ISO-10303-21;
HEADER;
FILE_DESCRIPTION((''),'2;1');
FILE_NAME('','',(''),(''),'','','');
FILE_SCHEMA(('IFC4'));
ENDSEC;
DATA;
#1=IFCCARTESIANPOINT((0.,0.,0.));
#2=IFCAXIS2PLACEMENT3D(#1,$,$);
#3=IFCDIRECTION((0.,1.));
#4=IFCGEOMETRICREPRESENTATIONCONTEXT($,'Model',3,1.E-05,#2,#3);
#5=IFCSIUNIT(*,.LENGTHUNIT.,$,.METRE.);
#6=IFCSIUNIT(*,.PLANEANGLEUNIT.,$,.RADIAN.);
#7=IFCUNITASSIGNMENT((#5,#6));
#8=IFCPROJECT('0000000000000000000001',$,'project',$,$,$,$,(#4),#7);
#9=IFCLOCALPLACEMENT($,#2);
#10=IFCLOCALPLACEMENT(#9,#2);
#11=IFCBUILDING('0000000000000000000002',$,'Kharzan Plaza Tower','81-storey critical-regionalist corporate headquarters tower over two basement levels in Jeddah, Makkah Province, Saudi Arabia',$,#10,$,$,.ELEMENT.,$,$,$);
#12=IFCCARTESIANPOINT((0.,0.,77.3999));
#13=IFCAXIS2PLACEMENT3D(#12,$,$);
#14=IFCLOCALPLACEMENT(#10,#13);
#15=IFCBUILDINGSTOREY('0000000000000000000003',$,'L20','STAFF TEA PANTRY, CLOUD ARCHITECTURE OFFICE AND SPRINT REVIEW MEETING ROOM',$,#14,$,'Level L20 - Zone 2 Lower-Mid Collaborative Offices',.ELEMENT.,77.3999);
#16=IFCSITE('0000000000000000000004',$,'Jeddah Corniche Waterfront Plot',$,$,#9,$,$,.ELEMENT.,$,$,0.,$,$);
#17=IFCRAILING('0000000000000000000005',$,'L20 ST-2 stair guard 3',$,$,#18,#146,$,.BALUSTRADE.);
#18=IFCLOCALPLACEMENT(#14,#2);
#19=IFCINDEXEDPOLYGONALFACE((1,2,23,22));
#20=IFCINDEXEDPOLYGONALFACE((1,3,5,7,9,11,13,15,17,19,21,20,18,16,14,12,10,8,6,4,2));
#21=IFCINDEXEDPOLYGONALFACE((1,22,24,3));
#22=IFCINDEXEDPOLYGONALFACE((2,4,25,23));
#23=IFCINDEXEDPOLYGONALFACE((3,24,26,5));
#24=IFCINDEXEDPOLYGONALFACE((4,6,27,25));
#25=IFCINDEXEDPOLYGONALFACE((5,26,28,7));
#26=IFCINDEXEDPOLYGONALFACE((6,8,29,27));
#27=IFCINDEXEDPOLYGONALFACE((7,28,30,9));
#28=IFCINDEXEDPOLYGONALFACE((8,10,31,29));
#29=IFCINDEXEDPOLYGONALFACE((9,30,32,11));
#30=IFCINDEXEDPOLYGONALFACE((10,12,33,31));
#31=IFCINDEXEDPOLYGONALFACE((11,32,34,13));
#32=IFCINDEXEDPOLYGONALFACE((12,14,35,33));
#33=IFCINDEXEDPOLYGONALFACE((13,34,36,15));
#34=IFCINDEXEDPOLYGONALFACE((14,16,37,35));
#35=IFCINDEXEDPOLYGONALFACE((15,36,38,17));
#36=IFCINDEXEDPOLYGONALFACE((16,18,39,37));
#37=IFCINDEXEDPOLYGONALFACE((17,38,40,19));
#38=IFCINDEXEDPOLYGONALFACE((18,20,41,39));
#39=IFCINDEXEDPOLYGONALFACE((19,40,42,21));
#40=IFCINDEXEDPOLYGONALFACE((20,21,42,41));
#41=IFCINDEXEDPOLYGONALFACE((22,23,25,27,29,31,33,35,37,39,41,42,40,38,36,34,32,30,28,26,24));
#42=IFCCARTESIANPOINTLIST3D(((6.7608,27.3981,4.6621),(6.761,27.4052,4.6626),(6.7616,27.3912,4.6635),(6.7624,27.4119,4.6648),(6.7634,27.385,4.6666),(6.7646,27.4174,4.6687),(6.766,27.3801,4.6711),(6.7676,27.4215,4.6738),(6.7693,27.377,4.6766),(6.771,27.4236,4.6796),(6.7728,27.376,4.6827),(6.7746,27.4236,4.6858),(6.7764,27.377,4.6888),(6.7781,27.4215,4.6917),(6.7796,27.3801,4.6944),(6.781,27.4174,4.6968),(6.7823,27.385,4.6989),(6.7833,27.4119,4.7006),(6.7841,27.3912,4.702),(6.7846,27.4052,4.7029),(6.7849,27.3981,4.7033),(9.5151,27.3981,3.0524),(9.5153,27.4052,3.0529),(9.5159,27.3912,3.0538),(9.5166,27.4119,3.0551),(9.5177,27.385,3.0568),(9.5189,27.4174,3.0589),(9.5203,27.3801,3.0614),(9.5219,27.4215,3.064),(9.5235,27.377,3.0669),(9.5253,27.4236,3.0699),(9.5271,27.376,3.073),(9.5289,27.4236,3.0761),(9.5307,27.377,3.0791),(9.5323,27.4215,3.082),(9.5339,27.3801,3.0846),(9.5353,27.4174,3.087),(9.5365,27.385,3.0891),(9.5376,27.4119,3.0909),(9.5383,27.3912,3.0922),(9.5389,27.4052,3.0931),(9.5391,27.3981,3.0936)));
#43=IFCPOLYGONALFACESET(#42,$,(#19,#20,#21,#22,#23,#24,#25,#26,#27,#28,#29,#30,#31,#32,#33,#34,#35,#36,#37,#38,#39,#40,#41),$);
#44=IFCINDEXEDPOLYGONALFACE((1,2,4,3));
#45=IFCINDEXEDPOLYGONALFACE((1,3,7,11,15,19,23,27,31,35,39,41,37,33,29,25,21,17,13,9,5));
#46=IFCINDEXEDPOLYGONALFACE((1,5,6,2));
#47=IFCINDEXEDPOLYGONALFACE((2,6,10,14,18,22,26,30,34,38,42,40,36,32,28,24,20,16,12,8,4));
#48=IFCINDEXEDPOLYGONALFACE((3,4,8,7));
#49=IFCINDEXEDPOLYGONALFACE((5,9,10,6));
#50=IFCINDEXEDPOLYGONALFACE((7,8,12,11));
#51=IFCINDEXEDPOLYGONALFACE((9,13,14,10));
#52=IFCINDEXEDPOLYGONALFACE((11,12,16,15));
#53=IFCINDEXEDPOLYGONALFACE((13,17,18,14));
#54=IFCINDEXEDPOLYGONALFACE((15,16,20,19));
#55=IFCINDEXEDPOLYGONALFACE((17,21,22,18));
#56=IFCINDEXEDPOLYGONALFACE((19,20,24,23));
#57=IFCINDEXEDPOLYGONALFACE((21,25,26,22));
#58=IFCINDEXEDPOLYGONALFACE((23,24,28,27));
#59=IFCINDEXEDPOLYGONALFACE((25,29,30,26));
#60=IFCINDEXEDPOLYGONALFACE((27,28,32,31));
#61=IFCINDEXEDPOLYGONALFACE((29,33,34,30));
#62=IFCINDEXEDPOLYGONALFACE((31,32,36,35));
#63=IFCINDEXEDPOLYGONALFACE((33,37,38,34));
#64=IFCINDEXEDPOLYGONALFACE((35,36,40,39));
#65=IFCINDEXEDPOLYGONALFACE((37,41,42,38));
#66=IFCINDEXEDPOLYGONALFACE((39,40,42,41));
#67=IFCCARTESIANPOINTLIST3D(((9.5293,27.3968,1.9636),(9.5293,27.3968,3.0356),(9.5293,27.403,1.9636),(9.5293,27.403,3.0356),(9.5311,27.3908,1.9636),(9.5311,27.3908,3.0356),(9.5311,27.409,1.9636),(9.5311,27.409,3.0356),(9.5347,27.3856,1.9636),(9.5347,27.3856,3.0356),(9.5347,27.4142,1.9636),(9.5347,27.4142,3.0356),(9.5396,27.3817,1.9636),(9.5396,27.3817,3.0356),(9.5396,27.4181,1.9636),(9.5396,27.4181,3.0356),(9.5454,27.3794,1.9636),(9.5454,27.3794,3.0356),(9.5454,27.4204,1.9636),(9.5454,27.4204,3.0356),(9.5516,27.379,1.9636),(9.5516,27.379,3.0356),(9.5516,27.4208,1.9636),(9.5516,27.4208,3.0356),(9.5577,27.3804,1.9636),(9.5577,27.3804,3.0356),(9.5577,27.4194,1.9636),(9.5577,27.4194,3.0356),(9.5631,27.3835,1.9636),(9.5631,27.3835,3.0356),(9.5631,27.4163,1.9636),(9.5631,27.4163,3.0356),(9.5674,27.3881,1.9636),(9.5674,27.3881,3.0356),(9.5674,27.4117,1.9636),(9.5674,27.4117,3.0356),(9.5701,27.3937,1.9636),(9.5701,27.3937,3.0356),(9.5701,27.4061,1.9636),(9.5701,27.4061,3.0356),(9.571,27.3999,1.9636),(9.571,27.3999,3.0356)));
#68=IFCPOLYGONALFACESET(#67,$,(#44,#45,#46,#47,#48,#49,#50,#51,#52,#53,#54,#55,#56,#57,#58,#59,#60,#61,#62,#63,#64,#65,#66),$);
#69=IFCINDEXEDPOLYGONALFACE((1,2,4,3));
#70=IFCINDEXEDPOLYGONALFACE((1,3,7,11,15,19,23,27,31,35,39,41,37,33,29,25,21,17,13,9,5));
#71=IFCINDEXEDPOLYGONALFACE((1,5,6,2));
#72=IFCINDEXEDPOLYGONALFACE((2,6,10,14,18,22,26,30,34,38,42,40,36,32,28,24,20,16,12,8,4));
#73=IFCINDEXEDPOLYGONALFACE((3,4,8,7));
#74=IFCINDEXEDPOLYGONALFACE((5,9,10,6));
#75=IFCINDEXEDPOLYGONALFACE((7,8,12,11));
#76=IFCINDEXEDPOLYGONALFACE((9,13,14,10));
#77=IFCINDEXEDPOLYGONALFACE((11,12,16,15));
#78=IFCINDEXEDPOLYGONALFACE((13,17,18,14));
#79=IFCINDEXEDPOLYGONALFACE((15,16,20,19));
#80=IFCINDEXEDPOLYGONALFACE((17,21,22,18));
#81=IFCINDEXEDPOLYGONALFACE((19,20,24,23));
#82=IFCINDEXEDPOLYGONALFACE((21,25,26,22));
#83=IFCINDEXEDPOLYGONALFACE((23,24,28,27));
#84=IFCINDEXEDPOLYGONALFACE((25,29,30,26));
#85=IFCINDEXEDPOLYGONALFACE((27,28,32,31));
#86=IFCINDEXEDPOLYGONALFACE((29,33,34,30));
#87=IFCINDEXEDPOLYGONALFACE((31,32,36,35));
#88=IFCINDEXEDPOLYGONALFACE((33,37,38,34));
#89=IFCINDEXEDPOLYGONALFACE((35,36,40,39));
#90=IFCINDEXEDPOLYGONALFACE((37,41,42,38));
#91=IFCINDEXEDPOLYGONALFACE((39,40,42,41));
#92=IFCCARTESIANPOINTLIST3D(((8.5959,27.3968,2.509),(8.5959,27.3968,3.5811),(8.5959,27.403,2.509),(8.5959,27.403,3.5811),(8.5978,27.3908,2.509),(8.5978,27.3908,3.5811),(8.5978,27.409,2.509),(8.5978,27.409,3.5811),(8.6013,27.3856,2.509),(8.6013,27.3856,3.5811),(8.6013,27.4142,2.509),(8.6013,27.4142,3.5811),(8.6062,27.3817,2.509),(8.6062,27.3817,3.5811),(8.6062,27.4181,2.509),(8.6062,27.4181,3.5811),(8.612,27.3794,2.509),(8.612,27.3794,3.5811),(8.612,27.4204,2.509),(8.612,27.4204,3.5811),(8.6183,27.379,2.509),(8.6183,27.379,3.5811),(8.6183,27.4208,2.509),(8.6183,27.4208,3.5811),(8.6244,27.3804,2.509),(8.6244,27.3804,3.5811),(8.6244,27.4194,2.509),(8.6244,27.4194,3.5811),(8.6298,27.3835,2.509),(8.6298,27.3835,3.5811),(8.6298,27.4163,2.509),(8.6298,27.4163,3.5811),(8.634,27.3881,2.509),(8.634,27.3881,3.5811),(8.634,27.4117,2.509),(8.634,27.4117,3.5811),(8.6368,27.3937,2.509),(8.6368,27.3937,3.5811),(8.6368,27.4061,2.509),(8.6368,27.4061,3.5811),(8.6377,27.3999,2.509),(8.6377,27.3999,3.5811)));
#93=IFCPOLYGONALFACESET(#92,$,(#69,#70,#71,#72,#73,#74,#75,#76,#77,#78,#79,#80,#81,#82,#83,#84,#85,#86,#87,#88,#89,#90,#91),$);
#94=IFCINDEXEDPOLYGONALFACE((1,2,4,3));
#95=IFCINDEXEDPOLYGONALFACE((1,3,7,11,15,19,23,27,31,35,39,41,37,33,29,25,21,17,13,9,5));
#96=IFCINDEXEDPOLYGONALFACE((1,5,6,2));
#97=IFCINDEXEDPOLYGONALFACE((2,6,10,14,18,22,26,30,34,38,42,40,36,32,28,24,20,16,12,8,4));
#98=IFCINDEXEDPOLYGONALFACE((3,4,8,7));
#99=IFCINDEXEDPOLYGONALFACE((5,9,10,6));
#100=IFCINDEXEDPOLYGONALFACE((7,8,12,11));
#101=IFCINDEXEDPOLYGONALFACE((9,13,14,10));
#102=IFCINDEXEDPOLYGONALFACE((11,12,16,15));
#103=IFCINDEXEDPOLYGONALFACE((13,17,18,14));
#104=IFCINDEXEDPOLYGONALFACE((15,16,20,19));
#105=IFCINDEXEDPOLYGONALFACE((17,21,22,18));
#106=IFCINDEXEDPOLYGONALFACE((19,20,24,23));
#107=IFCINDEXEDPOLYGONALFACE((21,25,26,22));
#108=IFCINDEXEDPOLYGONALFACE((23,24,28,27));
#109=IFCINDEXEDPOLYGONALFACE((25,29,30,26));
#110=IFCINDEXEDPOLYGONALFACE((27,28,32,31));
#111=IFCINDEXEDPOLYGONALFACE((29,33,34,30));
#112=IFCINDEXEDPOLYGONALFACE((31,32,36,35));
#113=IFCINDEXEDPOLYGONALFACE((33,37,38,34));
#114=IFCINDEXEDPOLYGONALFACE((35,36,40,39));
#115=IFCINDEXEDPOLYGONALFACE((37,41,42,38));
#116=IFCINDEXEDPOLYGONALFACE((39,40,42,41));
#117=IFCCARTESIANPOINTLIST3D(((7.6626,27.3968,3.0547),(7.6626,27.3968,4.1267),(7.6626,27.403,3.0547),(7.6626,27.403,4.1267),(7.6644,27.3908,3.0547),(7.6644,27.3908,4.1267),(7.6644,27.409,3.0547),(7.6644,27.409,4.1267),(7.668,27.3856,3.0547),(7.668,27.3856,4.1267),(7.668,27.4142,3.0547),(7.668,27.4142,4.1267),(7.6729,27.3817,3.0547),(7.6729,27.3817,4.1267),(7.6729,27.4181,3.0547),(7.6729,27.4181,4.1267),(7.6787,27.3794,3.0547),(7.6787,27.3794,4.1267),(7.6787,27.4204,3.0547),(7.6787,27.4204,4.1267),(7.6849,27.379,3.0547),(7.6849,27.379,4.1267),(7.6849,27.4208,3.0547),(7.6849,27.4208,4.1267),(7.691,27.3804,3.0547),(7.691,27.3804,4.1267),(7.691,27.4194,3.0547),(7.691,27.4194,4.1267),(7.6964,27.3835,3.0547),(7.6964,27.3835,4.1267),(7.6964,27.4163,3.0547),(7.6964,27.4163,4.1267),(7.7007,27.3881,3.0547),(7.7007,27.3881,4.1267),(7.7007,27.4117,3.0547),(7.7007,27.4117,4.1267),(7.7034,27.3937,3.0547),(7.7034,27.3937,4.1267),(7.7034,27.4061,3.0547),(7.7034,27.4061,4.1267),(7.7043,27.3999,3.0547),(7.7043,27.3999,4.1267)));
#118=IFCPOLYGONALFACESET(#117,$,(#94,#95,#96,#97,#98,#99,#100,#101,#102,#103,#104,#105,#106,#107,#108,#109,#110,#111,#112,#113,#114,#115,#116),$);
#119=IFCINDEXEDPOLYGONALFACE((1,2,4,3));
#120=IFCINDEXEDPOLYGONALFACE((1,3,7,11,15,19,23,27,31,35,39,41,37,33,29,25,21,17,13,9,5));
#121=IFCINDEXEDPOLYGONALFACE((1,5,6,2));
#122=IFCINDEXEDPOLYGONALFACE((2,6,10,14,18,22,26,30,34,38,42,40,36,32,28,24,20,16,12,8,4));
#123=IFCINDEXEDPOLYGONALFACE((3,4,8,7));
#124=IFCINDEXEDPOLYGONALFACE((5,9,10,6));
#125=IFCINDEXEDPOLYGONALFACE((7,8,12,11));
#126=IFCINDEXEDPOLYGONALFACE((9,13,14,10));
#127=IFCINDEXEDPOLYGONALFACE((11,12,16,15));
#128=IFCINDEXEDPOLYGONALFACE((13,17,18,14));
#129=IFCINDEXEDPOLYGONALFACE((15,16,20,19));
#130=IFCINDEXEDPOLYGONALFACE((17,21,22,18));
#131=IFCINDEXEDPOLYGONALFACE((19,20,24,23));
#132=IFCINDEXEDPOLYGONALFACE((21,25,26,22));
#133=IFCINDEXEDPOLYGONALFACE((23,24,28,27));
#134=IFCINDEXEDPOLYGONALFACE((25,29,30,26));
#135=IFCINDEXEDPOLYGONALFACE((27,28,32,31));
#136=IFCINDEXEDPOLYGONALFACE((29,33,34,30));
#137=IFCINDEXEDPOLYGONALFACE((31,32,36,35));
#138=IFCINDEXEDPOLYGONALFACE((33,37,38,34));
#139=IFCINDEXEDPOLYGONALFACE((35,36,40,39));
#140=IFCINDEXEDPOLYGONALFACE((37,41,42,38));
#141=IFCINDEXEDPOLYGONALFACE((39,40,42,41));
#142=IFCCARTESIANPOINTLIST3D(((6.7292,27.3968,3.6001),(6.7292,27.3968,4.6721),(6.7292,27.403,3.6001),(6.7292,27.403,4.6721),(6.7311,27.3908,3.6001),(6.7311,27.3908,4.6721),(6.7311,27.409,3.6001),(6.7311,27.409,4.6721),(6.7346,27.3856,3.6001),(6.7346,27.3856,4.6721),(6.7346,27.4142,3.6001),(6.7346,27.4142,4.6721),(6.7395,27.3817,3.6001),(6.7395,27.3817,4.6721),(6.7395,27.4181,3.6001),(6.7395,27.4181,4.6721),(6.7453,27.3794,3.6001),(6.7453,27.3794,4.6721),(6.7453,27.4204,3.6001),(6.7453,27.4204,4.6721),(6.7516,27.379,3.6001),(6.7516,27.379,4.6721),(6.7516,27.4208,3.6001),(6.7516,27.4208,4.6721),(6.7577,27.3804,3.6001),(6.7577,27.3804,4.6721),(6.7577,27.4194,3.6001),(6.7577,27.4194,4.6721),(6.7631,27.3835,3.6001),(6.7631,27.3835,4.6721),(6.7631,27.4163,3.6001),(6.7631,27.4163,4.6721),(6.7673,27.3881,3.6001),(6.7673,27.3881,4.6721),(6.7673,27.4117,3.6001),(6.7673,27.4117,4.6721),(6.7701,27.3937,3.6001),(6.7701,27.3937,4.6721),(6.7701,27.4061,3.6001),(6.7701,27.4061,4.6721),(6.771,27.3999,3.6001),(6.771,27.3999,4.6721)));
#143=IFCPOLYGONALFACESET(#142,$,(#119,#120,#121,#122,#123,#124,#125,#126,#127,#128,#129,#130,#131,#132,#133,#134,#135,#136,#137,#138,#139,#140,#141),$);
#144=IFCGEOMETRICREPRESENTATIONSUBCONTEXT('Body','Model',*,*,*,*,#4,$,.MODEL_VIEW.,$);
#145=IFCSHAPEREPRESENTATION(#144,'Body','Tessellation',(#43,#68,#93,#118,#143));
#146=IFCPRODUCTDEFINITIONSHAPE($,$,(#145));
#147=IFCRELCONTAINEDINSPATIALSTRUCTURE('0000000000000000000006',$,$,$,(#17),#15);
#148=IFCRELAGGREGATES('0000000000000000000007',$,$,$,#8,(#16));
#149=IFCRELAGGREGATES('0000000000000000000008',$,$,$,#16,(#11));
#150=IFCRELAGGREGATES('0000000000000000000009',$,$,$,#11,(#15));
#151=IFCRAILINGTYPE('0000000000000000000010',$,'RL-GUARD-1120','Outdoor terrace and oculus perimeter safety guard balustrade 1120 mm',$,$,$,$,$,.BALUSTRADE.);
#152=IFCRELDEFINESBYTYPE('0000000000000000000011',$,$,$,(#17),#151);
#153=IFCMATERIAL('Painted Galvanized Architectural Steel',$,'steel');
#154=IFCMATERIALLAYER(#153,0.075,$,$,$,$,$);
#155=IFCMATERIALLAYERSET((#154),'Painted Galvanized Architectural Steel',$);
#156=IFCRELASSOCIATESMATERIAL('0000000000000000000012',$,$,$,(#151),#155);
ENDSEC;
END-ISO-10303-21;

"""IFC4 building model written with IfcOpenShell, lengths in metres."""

from ifc_helpers import new_model, si_unit, direction, frame, origin, origin_2d, place, context, subcontext, project, spatial, circle, extrude, source, transform, mapped, material, layer, layer_set, type_object, element, save


model = new_model("IFC4")

# Units and contexts
model_context = context("Model", 3, precision=1e-05, world=origin(), true_north=direction((0.0, 1.0)))
body_context = subcontext(model_context, "Body", "Model", "MODEL_VIEW")
ifc_project = project(units=[si_unit("LENGTHUNIT", "METRE"), si_unit("PLANEANGLEUNIT", "RADIAN")], contexts=[model_context])

# Site, building, storey
site_placement = place(None, origin())
site = spatial("IfcSite", under=ifc_project, at=site_placement, Name="Jeddah Corniche Waterfront Plot", CompositionType="ELEMENT", RefElevation=0.0)
building_placement = place(site_placement, origin())
building = spatial("IfcBuilding", under=site, at=building_placement, Name="Kharzan Plaza Tower", Description="81-storey critical-regionalist corporate headquarters tower over two basement levels in Jeddah, Makkah Province, Saudi Arabia", CompositionType="ELEMENT")
storey_placement = place(building_placement, frame((0.0, 0.0, 77.3999)))
storey = spatial("IfcBuildingStorey", under=building, at=storey_placement, Name="L20", Description="STAFF TEA PANTRY, CLOUD ARCHITECTURE OFFICE AND SPRINT REVIEW MEETING ROOM", LongName="Level L20 - Zone 2 Lower-Mid Collaborative Offices", CompositionType="ELEMENT", Elevation=77.3999)

# Railing
ifc_material_1 = material(Name="Painted Galvanized Architectural Steel", Category="steel")
ifc_layer_1 = layer(ifc_material_1, 0.075)
ifc_layer_set_1 = layer_set([ifc_layer_1], Name="Painted Galvanized Architectural Steel")
railing_type_1 = type_object("IfcRailingType", Name="RL-GUARD-1120", Description="Outdoor terrace and oculus perimeter safety guard balustrade 1120 mm", PredefinedType="BALUSTRADE", material=ifc_layer_set_1)
shared_shape_1 = source(origin(), body_context, "Body", "SweptSolid", [
    extrude(circle(Radius=0.0239, at=origin_2d()), frame((-0.0229, 0.0, 1.1094), z_axis=(-0.863361, 0.0, 0.504587), x_axis=(0.0, -1.0, 0.0)), (0.0, 0.0, 1.0), 3.1902),
    extrude(circle(Radius=0.021, at=origin_2d()), origin(), (0.0, 0.0, 1.0), 1.072),
    extrude(circle(Radius=0.021, at=origin_2d()), frame((-0.9333, 0.0, 0.5454)), (0.0, 0.0, 1.0), 1.072),
    extrude(circle(Radius=0.021, at=origin_2d()), frame((-1.8667, 0.0, 1.0911)), (0.0, 0.0, 1.0), 1.072),
    extrude(circle(Radius=0.021, at=origin_2d()), frame((-2.8, 0.0, 1.6365)), (0.0, 0.0, 1.0), 1.072),
])
railing_1_placement = place(storey_placement, frame((9.55, 27.3999, 1.9636)))
element("IfcRailing", 1, at=railing_1_placement, inside=storey, type_object=railing_type_1, Name="L20 ST-2 stair guard 3", PredefinedType="BALUSTRADE", context=body_context, shape_type="MappedRepresentation", body=[
    mapped(shared_shape_1, transform((0.0, 0.0, 0.0), x_axis=(1.0, 0.0, 0.0), y_axis=(0.0, 1.0, 0.0), z_axis=(0.0, 0.0, 1.0))),
])

save(model, "model.ifc")
